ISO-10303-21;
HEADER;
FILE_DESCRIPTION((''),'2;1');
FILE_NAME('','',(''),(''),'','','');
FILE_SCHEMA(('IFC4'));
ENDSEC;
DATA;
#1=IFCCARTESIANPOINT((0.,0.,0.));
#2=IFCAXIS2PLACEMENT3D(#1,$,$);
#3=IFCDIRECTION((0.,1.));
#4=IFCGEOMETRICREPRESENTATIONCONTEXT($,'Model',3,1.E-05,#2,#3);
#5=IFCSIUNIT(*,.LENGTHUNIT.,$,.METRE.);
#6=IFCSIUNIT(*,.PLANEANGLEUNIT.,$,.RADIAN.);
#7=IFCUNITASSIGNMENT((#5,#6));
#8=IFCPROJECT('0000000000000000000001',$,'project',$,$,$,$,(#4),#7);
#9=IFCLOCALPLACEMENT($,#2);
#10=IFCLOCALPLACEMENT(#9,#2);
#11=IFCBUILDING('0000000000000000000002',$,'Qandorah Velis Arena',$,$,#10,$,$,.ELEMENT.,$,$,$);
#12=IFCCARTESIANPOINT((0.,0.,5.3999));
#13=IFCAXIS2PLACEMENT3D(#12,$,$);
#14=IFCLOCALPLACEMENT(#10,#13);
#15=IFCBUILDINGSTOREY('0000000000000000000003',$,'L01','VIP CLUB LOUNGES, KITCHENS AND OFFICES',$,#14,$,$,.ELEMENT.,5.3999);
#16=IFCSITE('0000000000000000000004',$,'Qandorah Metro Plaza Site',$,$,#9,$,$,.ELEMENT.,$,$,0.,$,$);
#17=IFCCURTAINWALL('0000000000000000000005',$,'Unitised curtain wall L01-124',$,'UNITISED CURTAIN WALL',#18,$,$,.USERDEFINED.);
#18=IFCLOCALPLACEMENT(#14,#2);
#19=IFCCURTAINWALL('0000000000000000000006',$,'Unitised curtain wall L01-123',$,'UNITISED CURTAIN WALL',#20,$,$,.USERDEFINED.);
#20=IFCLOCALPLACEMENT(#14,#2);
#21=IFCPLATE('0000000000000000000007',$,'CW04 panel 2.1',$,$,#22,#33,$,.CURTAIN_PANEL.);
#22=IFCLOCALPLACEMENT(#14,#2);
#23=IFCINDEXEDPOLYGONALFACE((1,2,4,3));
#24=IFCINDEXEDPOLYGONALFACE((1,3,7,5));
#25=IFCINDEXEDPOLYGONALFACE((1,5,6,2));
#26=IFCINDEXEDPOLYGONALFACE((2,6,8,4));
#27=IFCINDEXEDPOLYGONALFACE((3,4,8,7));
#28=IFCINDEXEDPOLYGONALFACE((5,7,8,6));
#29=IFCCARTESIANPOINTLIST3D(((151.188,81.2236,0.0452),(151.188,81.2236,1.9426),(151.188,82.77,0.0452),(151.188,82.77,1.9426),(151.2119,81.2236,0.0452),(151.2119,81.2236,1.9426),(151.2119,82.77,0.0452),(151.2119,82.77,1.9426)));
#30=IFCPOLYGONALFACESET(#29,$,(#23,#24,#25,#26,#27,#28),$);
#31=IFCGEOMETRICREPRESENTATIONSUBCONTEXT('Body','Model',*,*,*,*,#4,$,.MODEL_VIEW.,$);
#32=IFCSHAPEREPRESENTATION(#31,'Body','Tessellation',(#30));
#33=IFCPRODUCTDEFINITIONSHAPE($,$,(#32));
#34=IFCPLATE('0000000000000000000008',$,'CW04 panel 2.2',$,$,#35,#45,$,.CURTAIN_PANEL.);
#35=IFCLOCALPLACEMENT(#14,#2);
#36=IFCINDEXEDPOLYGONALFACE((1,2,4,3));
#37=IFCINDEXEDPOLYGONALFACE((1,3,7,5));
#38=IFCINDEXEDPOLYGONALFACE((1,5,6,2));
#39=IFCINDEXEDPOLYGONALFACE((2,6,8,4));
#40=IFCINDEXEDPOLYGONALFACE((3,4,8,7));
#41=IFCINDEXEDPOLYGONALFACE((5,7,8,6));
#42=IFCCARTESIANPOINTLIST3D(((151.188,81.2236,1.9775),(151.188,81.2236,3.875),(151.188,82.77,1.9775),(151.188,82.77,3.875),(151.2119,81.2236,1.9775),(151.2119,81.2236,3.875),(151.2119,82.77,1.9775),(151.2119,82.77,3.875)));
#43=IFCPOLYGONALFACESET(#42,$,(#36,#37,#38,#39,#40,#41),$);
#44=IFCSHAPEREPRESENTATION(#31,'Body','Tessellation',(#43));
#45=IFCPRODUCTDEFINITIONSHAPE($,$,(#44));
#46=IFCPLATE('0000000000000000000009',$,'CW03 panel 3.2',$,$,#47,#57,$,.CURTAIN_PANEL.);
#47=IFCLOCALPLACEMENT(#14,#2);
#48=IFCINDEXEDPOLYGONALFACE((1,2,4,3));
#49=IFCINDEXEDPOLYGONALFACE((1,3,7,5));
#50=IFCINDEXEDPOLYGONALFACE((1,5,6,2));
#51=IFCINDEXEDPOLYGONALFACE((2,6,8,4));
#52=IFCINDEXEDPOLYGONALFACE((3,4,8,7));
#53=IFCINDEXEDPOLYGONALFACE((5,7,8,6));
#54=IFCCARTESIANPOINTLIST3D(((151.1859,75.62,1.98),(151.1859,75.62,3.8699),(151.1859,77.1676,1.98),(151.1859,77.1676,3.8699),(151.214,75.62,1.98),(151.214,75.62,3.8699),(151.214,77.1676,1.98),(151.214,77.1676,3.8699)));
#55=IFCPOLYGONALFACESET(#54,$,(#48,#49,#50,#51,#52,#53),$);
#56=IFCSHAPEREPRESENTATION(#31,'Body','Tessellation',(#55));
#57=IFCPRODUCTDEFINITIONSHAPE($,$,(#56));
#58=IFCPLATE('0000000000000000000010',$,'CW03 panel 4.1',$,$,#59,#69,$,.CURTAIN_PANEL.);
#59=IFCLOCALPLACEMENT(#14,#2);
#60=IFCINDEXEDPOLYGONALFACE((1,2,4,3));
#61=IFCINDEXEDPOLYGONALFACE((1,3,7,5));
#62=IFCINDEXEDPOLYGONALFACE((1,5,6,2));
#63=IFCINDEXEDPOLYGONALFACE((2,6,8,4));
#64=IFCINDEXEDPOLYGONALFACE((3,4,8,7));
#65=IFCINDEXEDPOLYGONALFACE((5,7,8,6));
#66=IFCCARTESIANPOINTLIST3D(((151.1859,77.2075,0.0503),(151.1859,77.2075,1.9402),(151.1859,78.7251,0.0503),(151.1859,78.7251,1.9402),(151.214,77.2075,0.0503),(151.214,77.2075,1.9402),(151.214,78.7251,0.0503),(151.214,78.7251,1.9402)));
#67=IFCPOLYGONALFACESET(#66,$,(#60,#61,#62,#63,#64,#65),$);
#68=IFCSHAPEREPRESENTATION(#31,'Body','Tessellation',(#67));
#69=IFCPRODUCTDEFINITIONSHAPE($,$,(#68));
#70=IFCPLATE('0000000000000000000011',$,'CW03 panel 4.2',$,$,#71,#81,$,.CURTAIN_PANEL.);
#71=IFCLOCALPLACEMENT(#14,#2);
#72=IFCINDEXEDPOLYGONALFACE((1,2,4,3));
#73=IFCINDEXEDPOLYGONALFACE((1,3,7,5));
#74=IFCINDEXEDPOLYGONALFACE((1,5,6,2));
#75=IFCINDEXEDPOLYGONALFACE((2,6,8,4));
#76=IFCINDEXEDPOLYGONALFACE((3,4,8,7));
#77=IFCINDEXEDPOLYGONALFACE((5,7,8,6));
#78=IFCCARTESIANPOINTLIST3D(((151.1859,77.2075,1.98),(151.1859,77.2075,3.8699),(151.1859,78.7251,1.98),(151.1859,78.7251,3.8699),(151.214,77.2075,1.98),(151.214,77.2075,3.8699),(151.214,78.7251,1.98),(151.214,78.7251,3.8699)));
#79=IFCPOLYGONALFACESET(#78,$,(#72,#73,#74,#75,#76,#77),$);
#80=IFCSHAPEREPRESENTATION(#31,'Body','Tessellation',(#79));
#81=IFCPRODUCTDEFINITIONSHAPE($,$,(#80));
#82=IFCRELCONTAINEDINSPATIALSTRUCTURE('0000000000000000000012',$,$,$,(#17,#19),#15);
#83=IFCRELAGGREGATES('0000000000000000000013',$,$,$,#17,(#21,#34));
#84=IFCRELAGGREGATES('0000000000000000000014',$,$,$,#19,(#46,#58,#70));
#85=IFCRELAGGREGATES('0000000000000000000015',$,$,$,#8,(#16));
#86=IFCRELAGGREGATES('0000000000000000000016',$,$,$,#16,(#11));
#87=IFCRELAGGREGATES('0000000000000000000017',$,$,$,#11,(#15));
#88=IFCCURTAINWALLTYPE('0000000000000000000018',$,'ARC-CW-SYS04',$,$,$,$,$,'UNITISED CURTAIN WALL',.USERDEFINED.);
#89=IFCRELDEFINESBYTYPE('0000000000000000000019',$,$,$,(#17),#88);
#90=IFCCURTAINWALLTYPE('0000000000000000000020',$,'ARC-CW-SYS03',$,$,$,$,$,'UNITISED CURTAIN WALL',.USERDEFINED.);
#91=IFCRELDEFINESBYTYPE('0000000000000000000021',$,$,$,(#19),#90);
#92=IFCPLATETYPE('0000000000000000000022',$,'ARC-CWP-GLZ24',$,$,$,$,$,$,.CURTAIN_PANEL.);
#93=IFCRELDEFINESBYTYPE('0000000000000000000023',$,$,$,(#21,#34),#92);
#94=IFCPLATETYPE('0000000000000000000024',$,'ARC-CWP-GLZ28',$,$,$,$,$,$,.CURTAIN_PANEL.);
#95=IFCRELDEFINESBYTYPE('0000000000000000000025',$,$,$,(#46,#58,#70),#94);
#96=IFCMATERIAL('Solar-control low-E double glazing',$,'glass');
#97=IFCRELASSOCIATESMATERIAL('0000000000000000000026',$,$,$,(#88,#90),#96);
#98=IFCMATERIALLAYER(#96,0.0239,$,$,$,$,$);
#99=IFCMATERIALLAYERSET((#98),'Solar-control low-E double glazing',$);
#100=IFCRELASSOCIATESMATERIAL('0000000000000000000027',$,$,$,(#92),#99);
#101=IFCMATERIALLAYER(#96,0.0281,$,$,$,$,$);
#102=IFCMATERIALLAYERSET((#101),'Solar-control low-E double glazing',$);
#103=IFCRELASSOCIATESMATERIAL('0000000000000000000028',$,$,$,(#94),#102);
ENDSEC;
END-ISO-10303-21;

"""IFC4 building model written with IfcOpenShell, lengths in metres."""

from ifc_helpers import new_model, si_unit, direction, frame, origin, origin_2d, place, context, subcontext, project, spatial, rectangle, extrude, material, layer, layer_set, type_object, element, aggregate, save


model = new_model("IFC4")

# Units and contexts
model_context = context("Model", 3, precision=1e-05, world=origin(), true_north=direction((0.0, 1.0)))
body_context = subcontext(model_context, "Body", "Model", "MODEL_VIEW")
ifc_project = project(units=[si_unit("LENGTHUNIT", "METRE"), si_unit("PLANEANGLEUNIT", "RADIAN")], contexts=[model_context])

# Site, building, storey
site_placement = place(None, origin())
site = spatial("IfcSite", under=ifc_project, at=site_placement, Name="Qandorah Metro Plaza Site", CompositionType="ELEMENT", RefElevation=0.0)
building_placement = place(site_placement, origin())
building = spatial("IfcBuilding", under=site, at=building_placement, Name="Qandorah Velis Arena", CompositionType="ELEMENT")
storey_placement = place(building_placement, frame((0.0, 0.0, 5.3999)))
storey = spatial("IfcBuildingStorey", under=building, at=storey_placement, Name="L01", Description="VIP CLUB LOUNGES, KITCHENS AND OFFICES", CompositionType="ELEMENT", Elevation=5.3999)

# Curtain walls
ifc_material_1 = material(Name="Solar-control low-E double glazing", Category="glass")
curtain_wall_type_1 = type_object("IfcCurtainWallType", Name="ARC-CW-SYS04", ElementType="UNITISED CURTAIN WALL", PredefinedType="USERDEFINED", material=ifc_material_1)
curtain_wall_1_placement = place(storey_placement, origin())
curtain_wall_1 = element("IfcCurtainWall", 1, at=curtain_wall_1_placement, inside=storey, type_object=curtain_wall_type_1, Name="Unitised curtain wall L01-124", ObjectType="UNITISED CURTAIN WALL", PredefinedType="USERDEFINED")
curtain_wall_type_2 = type_object("IfcCurtainWallType", Name="ARC-CW-SYS03", ElementType="UNITISED CURTAIN WALL", PredefinedType="USERDEFINED", material=ifc_material_1)
curtain_wall_2_placement = place(storey_placement, origin())
curtain_wall_2 = element("IfcCurtainWall", 2, at=curtain_wall_2_placement, inside=storey, type_object=curtain_wall_type_2, Name="Unitised curtain wall L01-123", ObjectType="UNITISED CURTAIN WALL", PredefinedType="USERDEFINED")

# Plates
ifc_layer_1 = layer(ifc_material_1, 0.0239)
ifc_layer_set_1 = layer_set([ifc_layer_1], Name="Solar-control low-E double glazing")
plate_type_1 = type_object("IfcPlateType", Name="ARC-CWP-GLZ24", PredefinedType="CURTAIN_PANEL", material=ifc_layer_set_1)
plate_1_placement = place(storey_placement, frame((151.2, 81.9968, 0.0452), z_axis=(0.0, 0.0, 1.0), x_axis=(0.0, 1.0, 0.0)))
plate_1 = element("IfcPlate", 3, at=plate_1_placement, type_object=plate_type_1, Name="CW04 panel 2.1", PredefinedType="CURTAIN_PANEL", context=body_context, shape_type="SweptSolid", body=[
    extrude(rectangle(XDim=1.5464, YDim=0.0239, at=origin_2d()), origin(), (0.0, 0.0, 1.0), 1.8975),
])
plate_2_placement = place(storey_placement, frame((151.2, 81.9968, 1.9775), z_axis=(0.0, 0.0, 1.0), x_axis=(0.0, 1.0, 0.0)))
plate_2 = element("IfcPlate", 4, at=plate_2_placement, type_object=plate_type_1, Name="CW04 panel 2.2", PredefinedType="CURTAIN_PANEL", context=body_context, shape_type="SweptSolid", body=[
    extrude(rectangle(XDim=1.5464, YDim=0.0239, at=origin_2d()), origin(), (0.0, 0.0, 1.0), 1.8975),
])
aggregate(curtain_wall_1, [plate_1, plate_2])
ifc_layer_2 = layer(ifc_material_1, 0.0281)
ifc_layer_set_2 = layer_set([ifc_layer_2], Name="Solar-control low-E double glazing")
plate_type_2 = type_object("IfcPlateType", Name="ARC-CWP-GLZ28", PredefinedType="CURTAIN_PANEL", material=ifc_layer_set_2)
plate_3_placement = place(storey_placement, frame((151.2, 76.3938, 1.98), z_axis=(0.0, 0.0, 1.0), x_axis=(0.0, 1.0, 0.0)))
plate_3 = element("IfcPlate", 5, at=plate_3_placement, type_object=plate_type_2, Name="CW03 panel 3.2", PredefinedType="CURTAIN_PANEL", context=body_context, shape_type="SweptSolid", body=[
    extrude(rectangle(XDim=1.5476, YDim=0.0281, at=origin_2d()), origin(), (0.0, 0.0, 1.0), 1.8899),
])
plate_4_placement = place(storey_placement, frame((151.2, 77.9663, 0.0503), z_axis=(0.0, 0.0, 1.0), x_axis=(0.0, 1.0, 0.0)))
plate_4 = element("IfcPlate", 6, at=plate_4_placement, type_object=plate_type_2, Name="CW03 panel 4.1", PredefinedType="CURTAIN_PANEL", context=body_context, shape_type="SweptSolid", body=[
    extrude(rectangle(XDim=1.5176, YDim=0.0281, at=origin_2d()), origin(), (0.0, 0.0, 1.0), 1.8899),
])
plate_5_placement = place(storey_placement, frame((151.2, 77.9663, 1.98), z_axis=(0.0, 0.0, 1.0), x_axis=(0.0, 1.0, 0.0)))
plate_5 = element("IfcPlate", 7, at=plate_5_placement, type_object=plate_type_2, Name="CW03 panel 4.2", PredefinedType="CURTAIN_PANEL", context=body_context, shape_type="SweptSolid", body=[
    extrude(rectangle(XDim=1.5176, YDim=0.0281, at=origin_2d()), origin(), (0.0, 0.0, 1.0), 1.8899),
])
aggregate(curtain_wall_2, [plate_3, plate_4, plate_5])

save(model, "model.ifc")
